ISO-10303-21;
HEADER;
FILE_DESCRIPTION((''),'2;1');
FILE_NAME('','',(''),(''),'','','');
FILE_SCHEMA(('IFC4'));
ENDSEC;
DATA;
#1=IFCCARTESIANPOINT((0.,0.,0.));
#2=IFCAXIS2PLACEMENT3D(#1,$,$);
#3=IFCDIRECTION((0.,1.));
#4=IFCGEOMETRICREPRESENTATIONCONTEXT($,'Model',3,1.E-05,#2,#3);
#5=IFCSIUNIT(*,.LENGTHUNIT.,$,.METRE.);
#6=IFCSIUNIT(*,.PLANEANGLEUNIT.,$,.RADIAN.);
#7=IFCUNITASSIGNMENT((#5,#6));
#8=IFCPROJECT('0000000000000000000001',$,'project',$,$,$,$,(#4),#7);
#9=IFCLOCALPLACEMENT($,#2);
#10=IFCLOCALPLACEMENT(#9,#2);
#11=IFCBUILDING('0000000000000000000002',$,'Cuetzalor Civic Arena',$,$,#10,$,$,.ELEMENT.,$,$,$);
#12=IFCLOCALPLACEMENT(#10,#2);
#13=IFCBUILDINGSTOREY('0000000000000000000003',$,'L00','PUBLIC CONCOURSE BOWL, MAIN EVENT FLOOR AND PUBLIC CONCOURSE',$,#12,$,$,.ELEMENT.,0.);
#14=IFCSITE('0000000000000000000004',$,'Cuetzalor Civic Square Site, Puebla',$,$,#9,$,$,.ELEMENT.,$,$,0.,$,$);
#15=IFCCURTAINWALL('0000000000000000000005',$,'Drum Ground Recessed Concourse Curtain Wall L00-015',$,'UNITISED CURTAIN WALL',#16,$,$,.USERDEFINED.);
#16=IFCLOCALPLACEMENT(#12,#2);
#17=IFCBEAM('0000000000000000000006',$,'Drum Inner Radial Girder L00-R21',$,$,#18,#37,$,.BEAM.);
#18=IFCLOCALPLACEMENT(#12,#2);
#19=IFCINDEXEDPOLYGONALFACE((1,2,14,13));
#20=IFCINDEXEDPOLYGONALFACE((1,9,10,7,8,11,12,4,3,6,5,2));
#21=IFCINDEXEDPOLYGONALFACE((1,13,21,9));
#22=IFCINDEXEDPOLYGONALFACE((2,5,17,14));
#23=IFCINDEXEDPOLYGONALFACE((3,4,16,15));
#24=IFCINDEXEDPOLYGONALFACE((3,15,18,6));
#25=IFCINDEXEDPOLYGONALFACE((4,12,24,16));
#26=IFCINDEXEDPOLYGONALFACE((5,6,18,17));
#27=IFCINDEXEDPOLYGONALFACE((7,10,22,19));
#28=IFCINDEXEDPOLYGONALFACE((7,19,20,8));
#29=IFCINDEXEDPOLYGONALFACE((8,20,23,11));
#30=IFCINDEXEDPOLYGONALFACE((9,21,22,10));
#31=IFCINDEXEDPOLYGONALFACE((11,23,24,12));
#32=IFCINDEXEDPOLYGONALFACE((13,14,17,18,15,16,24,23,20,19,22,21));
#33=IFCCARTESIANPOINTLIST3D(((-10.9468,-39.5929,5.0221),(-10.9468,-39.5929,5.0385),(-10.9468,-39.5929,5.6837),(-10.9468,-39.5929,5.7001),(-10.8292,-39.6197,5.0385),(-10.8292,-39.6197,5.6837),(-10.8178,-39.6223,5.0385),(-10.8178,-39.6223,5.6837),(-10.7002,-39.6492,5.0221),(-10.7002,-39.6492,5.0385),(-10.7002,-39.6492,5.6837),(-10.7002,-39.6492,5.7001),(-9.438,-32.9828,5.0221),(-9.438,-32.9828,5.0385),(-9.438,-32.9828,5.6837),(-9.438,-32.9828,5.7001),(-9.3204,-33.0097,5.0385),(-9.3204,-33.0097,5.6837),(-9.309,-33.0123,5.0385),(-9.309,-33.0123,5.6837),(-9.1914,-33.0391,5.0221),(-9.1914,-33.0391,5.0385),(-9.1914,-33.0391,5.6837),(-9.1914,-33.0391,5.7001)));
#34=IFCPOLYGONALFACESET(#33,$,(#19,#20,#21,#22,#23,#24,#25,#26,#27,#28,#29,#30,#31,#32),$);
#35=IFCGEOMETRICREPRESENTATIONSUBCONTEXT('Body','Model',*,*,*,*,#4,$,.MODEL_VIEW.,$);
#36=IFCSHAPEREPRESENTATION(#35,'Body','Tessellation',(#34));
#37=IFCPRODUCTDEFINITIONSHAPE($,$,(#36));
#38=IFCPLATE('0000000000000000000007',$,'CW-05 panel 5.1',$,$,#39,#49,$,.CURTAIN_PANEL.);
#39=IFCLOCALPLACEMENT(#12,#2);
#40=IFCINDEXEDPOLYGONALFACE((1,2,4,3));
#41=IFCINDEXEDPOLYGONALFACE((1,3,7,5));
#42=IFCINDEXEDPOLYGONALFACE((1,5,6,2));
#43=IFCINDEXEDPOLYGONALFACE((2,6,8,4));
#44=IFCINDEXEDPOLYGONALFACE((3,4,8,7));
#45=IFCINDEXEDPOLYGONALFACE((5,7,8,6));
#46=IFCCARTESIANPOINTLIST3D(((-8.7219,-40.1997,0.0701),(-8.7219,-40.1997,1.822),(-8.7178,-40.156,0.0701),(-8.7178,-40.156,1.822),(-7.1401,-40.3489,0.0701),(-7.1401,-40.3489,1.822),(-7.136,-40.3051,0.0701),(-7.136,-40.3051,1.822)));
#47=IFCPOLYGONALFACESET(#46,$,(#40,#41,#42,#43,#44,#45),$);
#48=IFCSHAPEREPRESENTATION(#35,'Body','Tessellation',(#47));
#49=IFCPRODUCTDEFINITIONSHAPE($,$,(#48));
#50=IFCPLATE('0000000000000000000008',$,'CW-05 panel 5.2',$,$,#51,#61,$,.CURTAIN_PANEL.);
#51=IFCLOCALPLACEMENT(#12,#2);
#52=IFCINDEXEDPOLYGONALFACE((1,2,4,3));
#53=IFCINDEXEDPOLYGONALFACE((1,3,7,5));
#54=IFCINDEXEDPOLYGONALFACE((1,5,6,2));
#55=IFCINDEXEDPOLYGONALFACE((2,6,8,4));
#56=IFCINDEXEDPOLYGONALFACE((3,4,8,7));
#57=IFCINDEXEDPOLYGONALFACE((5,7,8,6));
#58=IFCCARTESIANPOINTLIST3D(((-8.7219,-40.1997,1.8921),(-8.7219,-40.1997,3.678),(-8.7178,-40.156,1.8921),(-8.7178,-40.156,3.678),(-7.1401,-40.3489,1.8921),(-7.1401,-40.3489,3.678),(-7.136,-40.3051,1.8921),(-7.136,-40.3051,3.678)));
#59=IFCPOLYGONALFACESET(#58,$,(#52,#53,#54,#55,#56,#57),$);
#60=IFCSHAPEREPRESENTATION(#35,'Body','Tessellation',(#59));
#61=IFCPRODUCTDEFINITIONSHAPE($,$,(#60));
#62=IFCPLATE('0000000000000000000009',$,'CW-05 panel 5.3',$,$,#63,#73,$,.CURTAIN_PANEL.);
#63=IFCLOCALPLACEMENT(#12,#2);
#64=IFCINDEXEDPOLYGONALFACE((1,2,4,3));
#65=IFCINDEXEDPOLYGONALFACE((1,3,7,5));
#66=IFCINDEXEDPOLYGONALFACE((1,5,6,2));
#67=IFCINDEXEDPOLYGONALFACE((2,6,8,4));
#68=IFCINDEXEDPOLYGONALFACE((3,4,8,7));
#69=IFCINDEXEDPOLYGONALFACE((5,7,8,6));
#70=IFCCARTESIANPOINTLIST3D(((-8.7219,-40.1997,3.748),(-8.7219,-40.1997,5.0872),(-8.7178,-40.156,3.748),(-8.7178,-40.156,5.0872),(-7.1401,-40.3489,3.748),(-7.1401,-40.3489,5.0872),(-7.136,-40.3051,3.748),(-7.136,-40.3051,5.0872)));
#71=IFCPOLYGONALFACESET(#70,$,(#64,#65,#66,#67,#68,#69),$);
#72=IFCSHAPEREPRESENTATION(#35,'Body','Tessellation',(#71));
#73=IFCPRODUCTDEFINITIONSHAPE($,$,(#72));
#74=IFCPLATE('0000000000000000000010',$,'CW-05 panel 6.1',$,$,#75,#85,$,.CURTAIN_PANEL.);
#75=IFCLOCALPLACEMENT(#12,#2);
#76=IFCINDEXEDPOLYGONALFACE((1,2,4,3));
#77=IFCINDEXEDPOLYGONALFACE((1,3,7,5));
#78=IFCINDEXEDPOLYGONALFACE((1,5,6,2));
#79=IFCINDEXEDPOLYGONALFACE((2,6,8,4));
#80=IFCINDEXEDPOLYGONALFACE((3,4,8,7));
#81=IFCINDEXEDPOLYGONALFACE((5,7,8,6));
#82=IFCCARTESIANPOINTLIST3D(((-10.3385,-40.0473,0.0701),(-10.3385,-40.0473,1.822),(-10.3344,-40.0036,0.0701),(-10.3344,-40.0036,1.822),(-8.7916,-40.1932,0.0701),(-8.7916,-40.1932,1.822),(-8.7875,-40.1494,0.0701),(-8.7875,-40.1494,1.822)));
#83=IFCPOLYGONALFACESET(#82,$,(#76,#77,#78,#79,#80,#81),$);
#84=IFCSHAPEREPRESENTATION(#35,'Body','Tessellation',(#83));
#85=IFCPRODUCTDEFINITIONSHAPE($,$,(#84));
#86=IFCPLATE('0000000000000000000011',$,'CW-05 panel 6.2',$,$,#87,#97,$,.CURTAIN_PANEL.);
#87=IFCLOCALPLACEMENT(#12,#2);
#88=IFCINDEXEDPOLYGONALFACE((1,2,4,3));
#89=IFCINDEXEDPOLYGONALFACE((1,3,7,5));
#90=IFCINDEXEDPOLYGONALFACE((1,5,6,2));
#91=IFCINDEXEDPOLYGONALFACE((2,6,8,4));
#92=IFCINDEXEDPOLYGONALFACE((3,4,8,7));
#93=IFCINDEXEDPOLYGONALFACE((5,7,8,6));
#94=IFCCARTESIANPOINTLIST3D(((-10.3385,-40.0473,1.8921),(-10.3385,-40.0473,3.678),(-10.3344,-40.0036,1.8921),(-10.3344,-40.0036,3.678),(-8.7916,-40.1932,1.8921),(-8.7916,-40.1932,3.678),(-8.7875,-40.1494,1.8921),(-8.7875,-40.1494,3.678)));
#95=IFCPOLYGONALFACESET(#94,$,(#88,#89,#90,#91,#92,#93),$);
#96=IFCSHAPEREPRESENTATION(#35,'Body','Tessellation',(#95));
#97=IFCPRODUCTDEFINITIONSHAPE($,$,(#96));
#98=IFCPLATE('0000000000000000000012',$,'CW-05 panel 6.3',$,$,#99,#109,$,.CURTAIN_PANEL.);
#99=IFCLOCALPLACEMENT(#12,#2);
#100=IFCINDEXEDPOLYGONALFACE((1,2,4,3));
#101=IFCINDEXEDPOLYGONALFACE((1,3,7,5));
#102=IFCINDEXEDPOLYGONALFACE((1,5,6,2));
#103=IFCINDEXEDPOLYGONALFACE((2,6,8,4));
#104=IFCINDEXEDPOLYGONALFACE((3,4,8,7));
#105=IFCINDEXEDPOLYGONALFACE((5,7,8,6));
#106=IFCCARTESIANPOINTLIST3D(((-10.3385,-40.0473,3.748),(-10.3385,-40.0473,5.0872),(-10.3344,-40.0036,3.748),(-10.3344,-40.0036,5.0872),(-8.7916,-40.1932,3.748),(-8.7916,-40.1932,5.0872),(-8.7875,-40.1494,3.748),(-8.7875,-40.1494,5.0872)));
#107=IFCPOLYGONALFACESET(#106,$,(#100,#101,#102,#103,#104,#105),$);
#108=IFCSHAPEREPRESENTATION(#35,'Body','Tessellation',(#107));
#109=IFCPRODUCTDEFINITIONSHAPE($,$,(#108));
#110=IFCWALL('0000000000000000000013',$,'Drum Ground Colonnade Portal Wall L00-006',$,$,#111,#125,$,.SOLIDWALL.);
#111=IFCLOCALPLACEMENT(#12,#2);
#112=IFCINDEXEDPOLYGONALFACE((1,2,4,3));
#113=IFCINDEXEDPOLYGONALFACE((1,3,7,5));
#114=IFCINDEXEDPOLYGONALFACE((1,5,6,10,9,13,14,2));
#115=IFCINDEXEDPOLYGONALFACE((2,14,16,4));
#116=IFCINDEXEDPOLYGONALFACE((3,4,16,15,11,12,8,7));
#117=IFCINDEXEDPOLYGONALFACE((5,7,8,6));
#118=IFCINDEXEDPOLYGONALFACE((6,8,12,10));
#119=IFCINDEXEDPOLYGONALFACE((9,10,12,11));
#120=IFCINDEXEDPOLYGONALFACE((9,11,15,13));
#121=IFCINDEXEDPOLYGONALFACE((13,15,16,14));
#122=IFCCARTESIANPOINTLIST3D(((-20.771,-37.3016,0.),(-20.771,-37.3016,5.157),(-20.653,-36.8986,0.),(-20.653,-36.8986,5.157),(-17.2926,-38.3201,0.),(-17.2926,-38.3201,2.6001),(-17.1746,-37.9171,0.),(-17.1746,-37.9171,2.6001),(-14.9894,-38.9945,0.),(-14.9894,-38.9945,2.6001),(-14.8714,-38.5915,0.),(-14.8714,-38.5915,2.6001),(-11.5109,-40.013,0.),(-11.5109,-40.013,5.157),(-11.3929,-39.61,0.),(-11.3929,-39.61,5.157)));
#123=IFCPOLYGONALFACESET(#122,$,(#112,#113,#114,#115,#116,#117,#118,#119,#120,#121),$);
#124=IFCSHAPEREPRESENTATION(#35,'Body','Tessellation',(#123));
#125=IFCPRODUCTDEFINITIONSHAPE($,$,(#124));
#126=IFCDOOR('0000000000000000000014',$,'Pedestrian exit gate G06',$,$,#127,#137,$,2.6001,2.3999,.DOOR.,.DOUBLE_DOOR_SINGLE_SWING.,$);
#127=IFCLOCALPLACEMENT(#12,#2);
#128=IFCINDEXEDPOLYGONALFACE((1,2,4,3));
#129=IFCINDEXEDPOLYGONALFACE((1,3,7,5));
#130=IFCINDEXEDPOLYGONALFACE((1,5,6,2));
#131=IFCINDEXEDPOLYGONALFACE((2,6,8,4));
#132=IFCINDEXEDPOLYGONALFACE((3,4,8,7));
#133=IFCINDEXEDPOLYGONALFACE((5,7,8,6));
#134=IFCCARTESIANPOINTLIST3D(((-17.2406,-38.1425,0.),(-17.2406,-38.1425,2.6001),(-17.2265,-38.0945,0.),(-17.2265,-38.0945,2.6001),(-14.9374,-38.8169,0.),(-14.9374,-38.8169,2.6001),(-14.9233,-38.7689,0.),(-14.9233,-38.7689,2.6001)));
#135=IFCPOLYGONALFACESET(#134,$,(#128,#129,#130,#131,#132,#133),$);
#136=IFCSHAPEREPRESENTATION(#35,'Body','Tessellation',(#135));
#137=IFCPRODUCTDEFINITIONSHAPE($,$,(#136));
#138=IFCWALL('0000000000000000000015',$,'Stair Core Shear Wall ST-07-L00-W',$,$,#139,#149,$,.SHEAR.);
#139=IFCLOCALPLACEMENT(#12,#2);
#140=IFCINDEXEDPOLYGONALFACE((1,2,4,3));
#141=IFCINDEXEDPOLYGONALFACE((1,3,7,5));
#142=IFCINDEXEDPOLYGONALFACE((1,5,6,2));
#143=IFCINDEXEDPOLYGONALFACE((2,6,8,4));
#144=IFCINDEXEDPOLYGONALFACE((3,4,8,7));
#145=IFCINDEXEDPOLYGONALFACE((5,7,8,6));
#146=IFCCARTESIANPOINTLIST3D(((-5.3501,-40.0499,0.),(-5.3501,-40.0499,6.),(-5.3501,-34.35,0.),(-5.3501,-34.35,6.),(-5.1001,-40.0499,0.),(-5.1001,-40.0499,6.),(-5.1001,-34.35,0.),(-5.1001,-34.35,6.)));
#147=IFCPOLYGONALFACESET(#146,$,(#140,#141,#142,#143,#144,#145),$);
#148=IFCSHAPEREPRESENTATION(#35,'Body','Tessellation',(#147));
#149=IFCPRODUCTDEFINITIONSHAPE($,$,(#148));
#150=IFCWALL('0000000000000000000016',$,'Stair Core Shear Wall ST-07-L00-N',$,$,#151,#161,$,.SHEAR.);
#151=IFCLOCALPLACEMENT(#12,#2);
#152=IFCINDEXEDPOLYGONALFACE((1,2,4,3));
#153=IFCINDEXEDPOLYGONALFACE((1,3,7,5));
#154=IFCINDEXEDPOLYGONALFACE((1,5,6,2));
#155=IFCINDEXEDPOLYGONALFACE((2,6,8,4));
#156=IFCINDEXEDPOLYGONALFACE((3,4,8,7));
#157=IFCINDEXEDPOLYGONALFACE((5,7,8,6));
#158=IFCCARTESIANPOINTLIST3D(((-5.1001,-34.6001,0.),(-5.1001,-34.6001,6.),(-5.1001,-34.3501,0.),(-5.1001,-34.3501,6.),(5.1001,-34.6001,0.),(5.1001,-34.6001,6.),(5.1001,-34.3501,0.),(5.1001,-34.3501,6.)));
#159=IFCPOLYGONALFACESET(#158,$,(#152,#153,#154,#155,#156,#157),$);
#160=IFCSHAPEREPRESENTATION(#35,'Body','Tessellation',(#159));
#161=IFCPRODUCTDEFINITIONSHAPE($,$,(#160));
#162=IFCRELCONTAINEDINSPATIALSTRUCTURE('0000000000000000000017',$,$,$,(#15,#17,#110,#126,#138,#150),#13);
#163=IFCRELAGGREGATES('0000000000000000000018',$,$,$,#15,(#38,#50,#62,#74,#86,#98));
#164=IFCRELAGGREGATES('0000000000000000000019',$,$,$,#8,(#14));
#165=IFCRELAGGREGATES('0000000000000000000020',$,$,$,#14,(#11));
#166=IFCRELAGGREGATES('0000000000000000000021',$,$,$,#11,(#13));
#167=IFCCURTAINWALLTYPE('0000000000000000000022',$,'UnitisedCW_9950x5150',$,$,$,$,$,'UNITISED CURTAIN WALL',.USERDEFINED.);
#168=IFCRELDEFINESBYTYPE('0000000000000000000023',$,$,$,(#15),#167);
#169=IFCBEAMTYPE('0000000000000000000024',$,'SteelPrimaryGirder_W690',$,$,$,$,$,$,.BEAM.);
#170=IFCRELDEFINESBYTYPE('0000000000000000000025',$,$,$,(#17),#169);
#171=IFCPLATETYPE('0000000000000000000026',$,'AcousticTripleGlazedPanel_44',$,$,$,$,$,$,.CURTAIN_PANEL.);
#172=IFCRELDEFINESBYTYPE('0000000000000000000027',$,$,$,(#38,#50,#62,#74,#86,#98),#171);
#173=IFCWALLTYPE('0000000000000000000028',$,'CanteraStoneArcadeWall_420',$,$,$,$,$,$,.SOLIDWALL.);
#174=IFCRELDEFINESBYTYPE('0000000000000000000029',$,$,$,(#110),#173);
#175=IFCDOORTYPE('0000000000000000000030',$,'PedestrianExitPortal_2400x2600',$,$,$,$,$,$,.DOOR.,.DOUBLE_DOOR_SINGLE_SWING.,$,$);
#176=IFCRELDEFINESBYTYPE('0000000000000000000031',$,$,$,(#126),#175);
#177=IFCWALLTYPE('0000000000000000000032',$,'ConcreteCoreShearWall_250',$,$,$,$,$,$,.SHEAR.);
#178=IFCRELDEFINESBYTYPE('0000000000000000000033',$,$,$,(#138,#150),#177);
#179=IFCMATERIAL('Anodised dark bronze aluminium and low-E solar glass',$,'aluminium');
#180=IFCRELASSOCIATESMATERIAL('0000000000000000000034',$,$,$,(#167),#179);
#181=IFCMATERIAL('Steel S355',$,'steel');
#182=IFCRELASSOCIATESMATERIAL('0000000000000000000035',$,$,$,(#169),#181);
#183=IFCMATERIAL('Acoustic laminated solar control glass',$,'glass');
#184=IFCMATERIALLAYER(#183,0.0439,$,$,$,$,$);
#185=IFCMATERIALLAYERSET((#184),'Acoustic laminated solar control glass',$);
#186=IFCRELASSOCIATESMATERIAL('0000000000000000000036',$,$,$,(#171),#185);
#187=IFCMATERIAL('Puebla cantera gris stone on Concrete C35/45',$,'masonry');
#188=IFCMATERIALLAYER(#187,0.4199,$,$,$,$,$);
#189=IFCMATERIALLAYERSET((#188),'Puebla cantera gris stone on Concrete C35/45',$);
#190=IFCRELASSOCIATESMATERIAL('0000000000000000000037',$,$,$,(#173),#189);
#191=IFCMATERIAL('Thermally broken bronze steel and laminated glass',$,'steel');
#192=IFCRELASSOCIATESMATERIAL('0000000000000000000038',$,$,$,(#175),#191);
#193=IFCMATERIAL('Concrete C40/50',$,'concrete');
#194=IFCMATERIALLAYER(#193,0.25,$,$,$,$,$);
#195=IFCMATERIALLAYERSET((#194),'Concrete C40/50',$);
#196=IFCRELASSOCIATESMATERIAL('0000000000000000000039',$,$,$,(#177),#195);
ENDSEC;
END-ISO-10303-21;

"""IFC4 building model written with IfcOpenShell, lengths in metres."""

from ifc_helpers import new_model, si_unit, direction, frame, frame_2d, origin, origin_2d, place, context, subcontext, project, spatial, rectangle, i_section, extrude, material, layer, layer_set, material_profile, profile_set, type_object, element, fill, aggregate, save


model = new_model("IFC4")

# Units and contexts
model_context = context("Model", 3, precision=1e-05, world=origin(), true_north=direction((0.0, 1.0)))
body_context = subcontext(model_context, "Body", "Model", "MODEL_VIEW")
ifc_project = project(units=[si_unit("LENGTHUNIT", "METRE"), si_unit("PLANEANGLEUNIT", "RADIAN")], contexts=[model_context])

# Site, building, storey
site_placement = place(None, origin())
site = spatial("IfcSite", under=ifc_project, at=site_placement, Name="Cuetzalor Civic Square Site, Puebla", CompositionType="ELEMENT", RefElevation=0.0)
building_placement = place(site_placement, origin())
building = spatial("IfcBuilding", under=site, at=building_placement, Name="Cuetzalor Civic Arena", CompositionType="ELEMENT")
storey_placement = place(building_placement, origin())
storey = spatial("IfcBuildingStorey", under=building, at=storey_placement, Name="L00", Description="PUBLIC CONCOURSE BOWL, MAIN EVENT FLOOR AND PUBLIC CONCOURSE", CompositionType="ELEMENT", Elevation=0.0)

# Curtain wall
ifc_material_1 = material(Name="Anodised dark bronze aluminium and low-E solar glass", Category="aluminium")
curtain_wall_type = type_object("IfcCurtainWallType", Name="UnitisedCW_9950x5150", ElementType="UNITISED CURTAIN WALL", PredefinedType="USERDEFINED", material=ifc_material_1)
curtain_wall_placement = place(storey_placement, origin())
curtain_wall = element("IfcCurtainWall", 1, at=curtain_wall_placement, inside=storey, type_object=curtain_wall_type, Name="Drum Ground Recessed Concourse Curtain Wall L00-015", ObjectType="UNITISED CURTAIN WALL", PredefinedType="USERDEFINED")

# Beam
ifc_material_2 = material(Name="Steel S355", Category="steel")
ifc_material_profile_1 = material_profile(ifc_material_2, i_section(OverallWidth=0.2529, OverallDepth=0.678, WebThickness=0.0117, FlangeThickness=0.0164, at=origin_2d()), Name="W690x125")
ifc_profile_set_1 = profile_set([ifc_material_profile_1], Name="Steel S355")
beam_type_1 = type_object("IfcBeamType", Name="SteelPrimaryGirder_W690", PredefinedType="BEAM", material=ifc_profile_set_1)
beam_1_placement = place(storey_placement, frame((-9.3147, -33.011, 5.3611), z_axis=(-0.222531, -0.974926, 0.0), x_axis=(0.974926, -0.222531, 0.0)))
element("IfcBeam", 2, at=beam_1_placement, inside=storey, type_object=beam_type_1, Name="Drum Inner Radial Girder L00-R21", PredefinedType="BEAM", context=body_context, shape_type="SweptSolid", body=[
    extrude(i_section(OverallWidth=0.2529, OverallDepth=0.678, WebThickness=0.0117, FlangeThickness=0.0164, at=origin_2d()), origin(), (0.0, 0.0, 1.0), 6.78),
])

# Plates
ifc_material_3 = material(Name="Acoustic laminated solar control glass", Category="glass")
ifc_layer_1 = layer(ifc_material_3, 0.0439)
ifc_layer_set_1 = layer_set([ifc_layer_1], Name="Acoustic laminated solar control glass")
plate_type = type_object("IfcPlateType", Name="AcousticTripleGlazedPanel_44", PredefinedType="CURTAIN_PANEL", material=ifc_layer_set_1)
plate_1_placement = place(storey_placement, frame((-7.929, -40.2524, 0.0701), z_axis=(0.0, 0.0, 1.0), x_axis=(-0.995585, 0.093863, 0.0)))
plate_1 = element("IfcPlate", 3, at=plate_1_placement, type_object=plate_type, Name="CW-05 panel 5.1", PredefinedType="CURTAIN_PANEL", context=body_context, shape_type="SweptSolid", body=[
    extrude(rectangle(XDim=1.5889, YDim=0.0439, at=origin_2d()), origin(), (0.0, 0.0, 1.0), 1.752),
])
plate_2_placement = place(storey_placement, frame((-7.929, -40.2524, 1.8921), z_axis=(0.0, 0.0, 1.0), x_axis=(-0.995585, 0.093863, 0.0)))
plate_2 = element("IfcPlate", 4, at=plate_2_placement, type_object=plate_type, Name="CW-05 panel 5.2", PredefinedType="CURTAIN_PANEL", context=body_context, shape_type="SweptSolid", body=[
    extrude(rectangle(XDim=1.5889, YDim=0.0439, at=origin_2d()), origin(), (0.0, 0.0, 1.0), 1.7859),
])
plate_3_placement = place(storey_placement, frame((-7.929, -40.2524, 3.748), z_axis=(0.0, 0.0, 1.0), x_axis=(-0.995585, 0.093863, 0.0)))
plate_3 = element("IfcPlate", 5, at=plate_3_placement, type_object=plate_type, Name="CW-05 panel 5.3", PredefinedType="CURTAIN_PANEL", context=body_context, shape_type="SweptSolid", body=[
    extrude(rectangle(XDim=1.5889, YDim=0.0439, at=origin_2d()), origin(), (0.0, 0.0, 1.0), 1.3391),
])
plate_4_placement = place(storey_placement, frame((-9.563, -40.0984, 0.0701), z_axis=(0.0, 0.0, 1.0), x_axis=(-0.995585, 0.093863, 0.0)))
plate_4 = element("IfcPlate", 6, at=plate_4_placement, type_object=plate_type, Name="CW-05 panel 6.1", PredefinedType="CURTAIN_PANEL", context=body_context, shape_type="SweptSolid", body=[
    extrude(rectangle(XDim=1.5537, YDim=0.0439, at=origin_2d()), origin(), (0.0, 0.0, 1.0), 1.752),
])
plate_5_placement = place(storey_placement, frame((-9.563, -40.0984, 1.8921), z_axis=(0.0, 0.0, 1.0), x_axis=(-0.995585, 0.093863, 0.0)))
plate_5 = element("IfcPlate", 7, at=plate_5_placement, type_object=plate_type, Name="CW-05 panel 6.2", PredefinedType="CURTAIN_PANEL", context=body_context, shape_type="SweptSolid", body=[
    extrude(rectangle(XDim=1.5537, YDim=0.0439, at=origin_2d()), origin(), (0.0, 0.0, 1.0), 1.7859),
])
plate_6_placement = place(storey_placement, frame((-9.563, -40.0984, 3.748), z_axis=(0.0, 0.0, 1.0), x_axis=(-0.995585, 0.093863, 0.0)))
plate_6 = element("IfcPlate", 8, at=plate_6_placement, type_object=plate_type, Name="CW-05 panel 6.3", PredefinedType="CURTAIN_PANEL", context=body_context, shape_type="SweptSolid", body=[
    extrude(rectangle(XDim=1.5537, YDim=0.0439, at=origin_2d()), origin(), (0.0, 0.0, 1.0), 1.3391),
])
aggregate(curtain_wall, [plate_1, plate_2, plate_3, plate_4, plate_5, plate_6])

# Wall, opening, door
ifc_material_4 = material(Name="Puebla cantera gris stone on Concrete C35/45", Category="masonry")
ifc_layer_2 = layer(ifc_material_4, 0.4199)
ifc_layer_set_2 = layer_set([ifc_layer_2], Name="Puebla cantera gris stone on Concrete C35/45")
wall_type_1 = type_object("IfcWallType", Name="CanteraStoneArcadeWall_420", PredefinedType="SOLIDWALL", material=ifc_layer_set_2)
wall_1_placement = place(storey_placement, frame((-11.4519, -39.8115, 0.0), z_axis=(0.0, 0.0, 1.0), x_axis=(-0.959704, 0.281011, 0.0)))
wall_1 = element("IfcWall", 9, at=wall_1_placement, inside=storey, type_object=wall_type_1, Name="Drum Ground Colonnade Portal Wall L00-006", PredefinedType="SOLIDWALL", context=body_context, shape_type="SweptSolid", body=[
    extrude(rectangle(XDim=9.6489, YDim=0.4199, at=frame_2d((4.8245, 0.0))), origin(), (0.0, 0.0, 1.0), 5.157),
])
opening_placement = place(wall_1_placement, frame((3.6245, 0.0, 0.0)))
opening = element("IfcOpeningElement", 10, at=opening_placement, cuts=wall_1, PredefinedType="OPENING", context=body_context, shape_type="SweptSolid", body=[
    extrude(rectangle(XDim=2.3999, YDim=2.6001, at=frame_2d((1.2, 1.3))), frame((0.0, 0.22, 0.0), z_axis=(0.0, -1.0, 0.0), x_axis=(1.0, 0.0, 0.0)), (0.0, 0.0, 1.0), 0.4399),
])
ifc_material_5 = material(Name="Thermally broken bronze steel and laminated glass", Category="steel")
door_type = type_object("IfcDoorType", Name="PedestrianExitPortal_2400x2600", OperationType="DOUBLE_DOOR_SINGLE_SWING", PredefinedType="DOOR", material=ifc_material_5)
door_placement = place(opening_placement, origin())
door = element("IfcDoor", 11, at=door_placement, inside=storey, type_object=door_type, Name="Pedestrian exit gate G06", OperationType="DOUBLE_DOOR_SINGLE_SWING", OverallHeight=2.6001, OverallWidth=2.3999, PredefinedType="DOOR", context=body_context, shape_type="SweptSolid", body=[
    extrude(rectangle(XDim=2.3999, YDim=2.6001, at=frame_2d((1.2, 1.3))), frame((0.0, 0.0249, 0.0), z_axis=(0.0, -1.0, 0.0), x_axis=(1.0, 0.0, 0.0)), (0.0, 0.0, 1.0), 0.05),
])
fill(opening, door)

# Walls
ifc_material_6 = material(Name="Concrete C40/50", Category="concrete")
ifc_layer_3 = layer(ifc_material_6, 0.25)
ifc_layer_set_3 = layer_set([ifc_layer_3], Name="Concrete C40/50")
wall_type_2 = type_object("IfcWallType", Name="ConcreteCoreShearWall_250", PredefinedType="SHEAR", material=ifc_layer_set_3)
wall_2_placement = place(storey_placement, frame((-5.2251, -40.05, 0.0), z_axis=(0.0, 0.0, 1.0), x_axis=(0.0, 1.0, 0.0)))
element("IfcWall", 12, at=wall_2_placement, inside=storey, type_object=wall_type_2, Name="Stair Core Shear Wall ST-07-L00-W", PredefinedType="SHEAR", context=body_context, shape_type="SweptSolid", body=[
    extrude(rectangle(XDim=5.7, YDim=0.25, at=frame_2d((2.8501, 0.0))), origin(), (0.0, 0.0, 1.0), 6.0),
])
wall_3_placement = place(storey_placement, frame((-5.1001, -34.4751, 0.0), z_axis=(0.0, 0.0, 1.0), x_axis=(1.0, 0.0, 0.0)))
element("IfcWall", 13, at=wall_3_placement, inside=storey, type_object=wall_type_2, Name="Stair Core Shear Wall ST-07-L00-N", PredefinedType="SHEAR", context=body_context, shape_type="SweptSolid", body=[
    extrude(rectangle(XDim=10.2002, YDim=0.25, at=frame_2d((5.1001, 0.0))), origin(), (0.0, 0.0, 1.0), 6.0),
])

save(model, "model.ifc")
